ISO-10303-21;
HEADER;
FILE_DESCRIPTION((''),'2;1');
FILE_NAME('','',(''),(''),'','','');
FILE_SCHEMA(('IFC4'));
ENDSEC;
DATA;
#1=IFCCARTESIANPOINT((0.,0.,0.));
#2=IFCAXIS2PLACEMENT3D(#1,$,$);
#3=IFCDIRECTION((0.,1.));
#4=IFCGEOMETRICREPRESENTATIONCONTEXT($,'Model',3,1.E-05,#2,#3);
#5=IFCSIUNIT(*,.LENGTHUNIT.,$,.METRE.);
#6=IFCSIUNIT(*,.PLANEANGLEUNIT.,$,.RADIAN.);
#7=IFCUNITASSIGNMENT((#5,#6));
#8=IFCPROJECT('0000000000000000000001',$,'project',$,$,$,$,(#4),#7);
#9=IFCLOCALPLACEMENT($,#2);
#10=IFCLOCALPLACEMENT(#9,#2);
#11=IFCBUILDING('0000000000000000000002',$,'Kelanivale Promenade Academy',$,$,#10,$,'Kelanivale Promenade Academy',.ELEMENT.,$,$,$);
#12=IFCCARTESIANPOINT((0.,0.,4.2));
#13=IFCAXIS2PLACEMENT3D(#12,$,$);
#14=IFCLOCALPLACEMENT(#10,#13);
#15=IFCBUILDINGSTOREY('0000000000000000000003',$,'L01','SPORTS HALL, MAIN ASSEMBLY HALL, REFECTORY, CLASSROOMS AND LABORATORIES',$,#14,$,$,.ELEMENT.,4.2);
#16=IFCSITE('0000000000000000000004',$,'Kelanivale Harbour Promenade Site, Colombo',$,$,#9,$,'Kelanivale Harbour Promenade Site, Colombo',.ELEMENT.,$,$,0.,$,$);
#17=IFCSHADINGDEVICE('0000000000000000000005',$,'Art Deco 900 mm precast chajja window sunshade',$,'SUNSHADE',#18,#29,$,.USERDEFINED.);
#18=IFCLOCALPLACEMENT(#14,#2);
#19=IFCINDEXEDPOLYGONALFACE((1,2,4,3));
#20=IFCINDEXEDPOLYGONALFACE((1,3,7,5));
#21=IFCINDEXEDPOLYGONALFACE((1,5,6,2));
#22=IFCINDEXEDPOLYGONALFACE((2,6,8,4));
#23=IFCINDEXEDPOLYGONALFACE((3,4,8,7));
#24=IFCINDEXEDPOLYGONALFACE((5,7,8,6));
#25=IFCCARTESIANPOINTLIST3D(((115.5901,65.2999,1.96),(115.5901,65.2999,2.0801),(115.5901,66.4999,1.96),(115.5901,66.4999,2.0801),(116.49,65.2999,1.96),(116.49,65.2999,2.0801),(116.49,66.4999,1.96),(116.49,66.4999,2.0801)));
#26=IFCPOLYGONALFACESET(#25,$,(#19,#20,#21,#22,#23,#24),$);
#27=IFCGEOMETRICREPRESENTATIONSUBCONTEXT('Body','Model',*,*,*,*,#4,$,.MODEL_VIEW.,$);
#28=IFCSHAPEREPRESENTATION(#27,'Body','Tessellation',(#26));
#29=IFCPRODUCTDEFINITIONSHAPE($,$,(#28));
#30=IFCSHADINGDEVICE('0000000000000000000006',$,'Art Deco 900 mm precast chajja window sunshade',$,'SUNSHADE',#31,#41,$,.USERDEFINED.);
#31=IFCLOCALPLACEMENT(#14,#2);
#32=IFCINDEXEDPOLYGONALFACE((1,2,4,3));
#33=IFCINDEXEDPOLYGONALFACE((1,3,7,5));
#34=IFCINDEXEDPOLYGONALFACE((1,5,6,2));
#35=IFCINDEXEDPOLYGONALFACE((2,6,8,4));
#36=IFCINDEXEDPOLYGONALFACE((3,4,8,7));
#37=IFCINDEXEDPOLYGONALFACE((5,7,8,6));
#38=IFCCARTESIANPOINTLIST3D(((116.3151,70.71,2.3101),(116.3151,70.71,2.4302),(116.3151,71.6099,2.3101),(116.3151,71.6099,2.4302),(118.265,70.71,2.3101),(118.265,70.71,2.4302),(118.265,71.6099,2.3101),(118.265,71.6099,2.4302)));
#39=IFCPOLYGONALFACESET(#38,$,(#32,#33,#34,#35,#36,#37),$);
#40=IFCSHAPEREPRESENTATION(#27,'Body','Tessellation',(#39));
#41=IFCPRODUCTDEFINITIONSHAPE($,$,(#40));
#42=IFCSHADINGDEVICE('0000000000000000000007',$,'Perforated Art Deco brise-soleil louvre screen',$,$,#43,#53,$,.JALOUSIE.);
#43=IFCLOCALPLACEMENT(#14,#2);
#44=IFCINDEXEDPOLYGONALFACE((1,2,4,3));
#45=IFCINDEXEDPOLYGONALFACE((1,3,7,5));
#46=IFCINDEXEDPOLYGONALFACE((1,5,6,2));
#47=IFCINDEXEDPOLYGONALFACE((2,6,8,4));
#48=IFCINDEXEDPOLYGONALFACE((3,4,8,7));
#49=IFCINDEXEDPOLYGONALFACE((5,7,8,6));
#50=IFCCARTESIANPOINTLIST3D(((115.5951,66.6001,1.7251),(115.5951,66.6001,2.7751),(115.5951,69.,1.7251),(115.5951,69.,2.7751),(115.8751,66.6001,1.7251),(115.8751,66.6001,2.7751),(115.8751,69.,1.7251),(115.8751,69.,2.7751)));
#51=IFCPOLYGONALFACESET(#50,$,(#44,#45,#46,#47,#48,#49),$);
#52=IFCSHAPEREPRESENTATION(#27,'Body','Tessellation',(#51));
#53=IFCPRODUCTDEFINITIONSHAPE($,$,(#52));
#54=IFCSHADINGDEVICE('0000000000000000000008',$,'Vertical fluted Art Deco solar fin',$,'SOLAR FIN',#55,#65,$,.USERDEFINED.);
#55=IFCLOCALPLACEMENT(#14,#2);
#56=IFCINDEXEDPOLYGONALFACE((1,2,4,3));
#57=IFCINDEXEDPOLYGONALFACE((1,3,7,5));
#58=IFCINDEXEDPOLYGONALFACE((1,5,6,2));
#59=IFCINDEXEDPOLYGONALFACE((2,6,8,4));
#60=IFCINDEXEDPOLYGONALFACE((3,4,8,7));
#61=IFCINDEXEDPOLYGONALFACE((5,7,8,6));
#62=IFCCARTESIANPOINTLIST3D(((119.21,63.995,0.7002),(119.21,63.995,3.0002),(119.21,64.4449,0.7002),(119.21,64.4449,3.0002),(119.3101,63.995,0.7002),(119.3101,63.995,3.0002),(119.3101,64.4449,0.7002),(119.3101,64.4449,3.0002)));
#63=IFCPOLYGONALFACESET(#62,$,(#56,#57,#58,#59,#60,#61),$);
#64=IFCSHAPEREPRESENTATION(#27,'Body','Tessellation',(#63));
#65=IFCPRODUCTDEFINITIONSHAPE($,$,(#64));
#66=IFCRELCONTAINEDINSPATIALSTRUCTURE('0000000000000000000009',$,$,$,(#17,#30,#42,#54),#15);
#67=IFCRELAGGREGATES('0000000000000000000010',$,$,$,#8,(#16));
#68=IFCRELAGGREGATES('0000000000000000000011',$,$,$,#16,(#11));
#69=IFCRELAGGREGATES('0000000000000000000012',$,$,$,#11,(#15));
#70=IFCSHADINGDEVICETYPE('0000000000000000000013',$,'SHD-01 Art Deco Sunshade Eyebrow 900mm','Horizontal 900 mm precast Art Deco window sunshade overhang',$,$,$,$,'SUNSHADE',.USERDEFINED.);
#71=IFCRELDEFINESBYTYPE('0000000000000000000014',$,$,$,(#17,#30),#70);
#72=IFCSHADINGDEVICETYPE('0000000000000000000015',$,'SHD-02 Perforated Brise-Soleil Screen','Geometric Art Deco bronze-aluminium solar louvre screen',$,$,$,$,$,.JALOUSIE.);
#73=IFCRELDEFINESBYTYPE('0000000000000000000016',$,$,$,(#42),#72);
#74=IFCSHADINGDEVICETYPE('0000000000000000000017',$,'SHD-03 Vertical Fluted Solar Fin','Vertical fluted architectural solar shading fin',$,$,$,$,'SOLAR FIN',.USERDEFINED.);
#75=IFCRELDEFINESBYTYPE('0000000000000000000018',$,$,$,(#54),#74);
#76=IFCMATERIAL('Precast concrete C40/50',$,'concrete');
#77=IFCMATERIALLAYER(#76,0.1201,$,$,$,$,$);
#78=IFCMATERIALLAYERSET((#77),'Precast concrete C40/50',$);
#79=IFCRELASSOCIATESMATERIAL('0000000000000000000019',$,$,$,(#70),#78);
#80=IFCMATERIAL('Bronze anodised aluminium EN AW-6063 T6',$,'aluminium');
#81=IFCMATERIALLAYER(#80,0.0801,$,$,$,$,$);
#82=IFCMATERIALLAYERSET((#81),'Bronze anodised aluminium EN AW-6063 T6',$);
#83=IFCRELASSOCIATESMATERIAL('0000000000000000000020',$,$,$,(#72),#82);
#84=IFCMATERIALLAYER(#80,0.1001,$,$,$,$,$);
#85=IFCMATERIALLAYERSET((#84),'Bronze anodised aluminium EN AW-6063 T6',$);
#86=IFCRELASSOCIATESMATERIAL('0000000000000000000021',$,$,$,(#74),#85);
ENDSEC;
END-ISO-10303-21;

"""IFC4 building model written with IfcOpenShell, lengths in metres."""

from ifc_helpers import new_model, si_unit, direction, frame, origin, origin_2d, place, context, subcontext, project, spatial, rectangle, extrude, material, layer, layer_set, type_object, element, save


model = new_model("IFC4")

# Units and contexts
model_context = context("Model", 3, precision=1e-05, world=origin(), true_north=direction((0.0, 1.0)))
body_context = subcontext(model_context, "Body", "Model", "MODEL_VIEW")
ifc_project = project(units=[si_unit("LENGTHUNIT", "METRE"), si_unit("PLANEANGLEUNIT", "RADIAN")], contexts=[model_context])

# Site, building, storey
site_placement = place(None, origin())
site = spatial("IfcSite", under=ifc_project, at=site_placement, Name="Kelanivale Harbour Promenade Site, Colombo", LongName="Kelanivale Harbour Promenade Site, Colombo", CompositionType="ELEMENT", RefElevation=0.0)
building_placement = place(site_placement, origin())
building = spatial("IfcBuilding", under=site, at=building_placement, Name="Kelanivale Promenade Academy", LongName="Kelanivale Promenade Academy", CompositionType="ELEMENT")
storey_placement = place(building_placement, frame((0.0, 0.0, 4.2)))
storey = spatial("IfcBuildingStorey", under=building, at=storey_placement, Name="L01", Description="SPORTS HALL, MAIN ASSEMBLY HALL, REFECTORY, CLASSROOMS AND LABORATORIES", CompositionType="ELEMENT", Elevation=4.2)

# Shading devices
ifc_material_1 = material(Name="Precast concrete C40/50", Category="concrete")
ifc_layer_1 = layer(ifc_material_1, 0.1201)
ifc_layer_set_1 = layer_set([ifc_layer_1], Name="Precast concrete C40/50")
shading_device_type_1 = type_object("IfcShadingDeviceType", Name="SHD-01 Art Deco Sunshade Eyebrow 900mm", Description="Horizontal 900 mm precast Art Deco window sunshade overhang", ElementType="SUNSHADE", PredefinedType="USERDEFINED", material=ifc_layer_set_1)
shading_device_1_placement = place(storey_placement, frame((116.04, 65.8999, 1.96), z_axis=(0.0, 0.0, 1.0), x_axis=(0.0, 1.0, 0.0)))
element("IfcShadingDevice", 1, at=shading_device_1_placement, inside=storey, type_object=shading_device_type_1, Name="Art Deco 900 mm precast chajja window sunshade", ObjectType="SUNSHADE", PredefinedType="USERDEFINED", context=body_context, shape_type="SweptSolid", body=[
    extrude(rectangle(XDim=1.2, YDim=0.8999, at=origin_2d()), origin(), (0.0, 0.0, 1.0), 0.1201),
])
shading_device_2_placement = place(storey_placement, frame((117.29, 71.1599, 2.3101), z_axis=(0.0, 0.0, 1.0), x_axis=(1.0, 0.0, 0.0)))
element("IfcShadingDevice", 2, at=shading_device_2_placement, inside=storey, type_object=shading_device_type_1, Name="Art Deco 900 mm precast chajja window sunshade", ObjectType="SUNSHADE", PredefinedType="USERDEFINED", context=body_context, shape_type="SweptSolid", body=[
    extrude(rectangle(XDim=1.95, YDim=0.8999, at=origin_2d()), origin(), (0.0, 0.0, 1.0), 0.1201),
])
ifc_material_2 = material(Name="Bronze anodised aluminium EN AW-6063 T6", Category="aluminium")
ifc_layer_2 = layer(ifc_material_2, 0.0801)
ifc_layer_set_2 = layer_set([ifc_layer_2], Name="Bronze anodised aluminium EN AW-6063 T6")
shading_device_type_2 = type_object("IfcShadingDeviceType", Name="SHD-02 Perforated Brise-Soleil Screen", Description="Geometric Art Deco bronze-aluminium solar louvre screen", PredefinedType="JALOUSIE", material=ifc_layer_set_2)
shading_device_3_placement = place(storey_placement, frame((115.7351, 67.8, 1.7251), z_axis=(0.0, 0.0, 1.0), x_axis=(0.0, 1.0, 0.0)))
element("IfcShadingDevice", 3, at=shading_device_3_placement, inside=storey, type_object=shading_device_type_2, Name="Perforated Art Deco brise-soleil louvre screen", PredefinedType="JALOUSIE", context=body_context, shape_type="SweptSolid", body=[
    extrude(rectangle(XDim=2.3999, YDim=0.28, at=origin_2d()), origin(), (0.0, 0.0, 1.0), 1.05),
])
ifc_layer_3 = layer(ifc_material_2, 0.1001)
ifc_layer_set_3 = layer_set([ifc_layer_3], Name="Bronze anodised aluminium EN AW-6063 T6")
shading_device_type_3 = type_object("IfcShadingDeviceType", Name="SHD-03 Vertical Fluted Solar Fin", Description="Vertical fluted architectural solar shading fin", ElementType="SOLAR FIN", PredefinedType="USERDEFINED", material=ifc_layer_set_3)
shading_device_4_placement = place(storey_placement, frame((119.26, 64.22, 0.7002), z_axis=(0.0, 0.0, 1.0), x_axis=(-1.0, 0.0, 0.0)))
element("IfcShadingDevice", 4, at=shading_device_4_placement, inside=storey, type_object=shading_device_type_3, Name="Vertical fluted Art Deco solar fin", ObjectType="SOLAR FIN", PredefinedType="USERDEFINED", context=body_context, shape_type="SweptSolid", body=[
    extrude(rectangle(XDim=0.1001, YDim=0.45, at=origin_2d()), origin(), (0.0, 0.0, 1.0), 2.3),
])

save(model, "model.ifc")
